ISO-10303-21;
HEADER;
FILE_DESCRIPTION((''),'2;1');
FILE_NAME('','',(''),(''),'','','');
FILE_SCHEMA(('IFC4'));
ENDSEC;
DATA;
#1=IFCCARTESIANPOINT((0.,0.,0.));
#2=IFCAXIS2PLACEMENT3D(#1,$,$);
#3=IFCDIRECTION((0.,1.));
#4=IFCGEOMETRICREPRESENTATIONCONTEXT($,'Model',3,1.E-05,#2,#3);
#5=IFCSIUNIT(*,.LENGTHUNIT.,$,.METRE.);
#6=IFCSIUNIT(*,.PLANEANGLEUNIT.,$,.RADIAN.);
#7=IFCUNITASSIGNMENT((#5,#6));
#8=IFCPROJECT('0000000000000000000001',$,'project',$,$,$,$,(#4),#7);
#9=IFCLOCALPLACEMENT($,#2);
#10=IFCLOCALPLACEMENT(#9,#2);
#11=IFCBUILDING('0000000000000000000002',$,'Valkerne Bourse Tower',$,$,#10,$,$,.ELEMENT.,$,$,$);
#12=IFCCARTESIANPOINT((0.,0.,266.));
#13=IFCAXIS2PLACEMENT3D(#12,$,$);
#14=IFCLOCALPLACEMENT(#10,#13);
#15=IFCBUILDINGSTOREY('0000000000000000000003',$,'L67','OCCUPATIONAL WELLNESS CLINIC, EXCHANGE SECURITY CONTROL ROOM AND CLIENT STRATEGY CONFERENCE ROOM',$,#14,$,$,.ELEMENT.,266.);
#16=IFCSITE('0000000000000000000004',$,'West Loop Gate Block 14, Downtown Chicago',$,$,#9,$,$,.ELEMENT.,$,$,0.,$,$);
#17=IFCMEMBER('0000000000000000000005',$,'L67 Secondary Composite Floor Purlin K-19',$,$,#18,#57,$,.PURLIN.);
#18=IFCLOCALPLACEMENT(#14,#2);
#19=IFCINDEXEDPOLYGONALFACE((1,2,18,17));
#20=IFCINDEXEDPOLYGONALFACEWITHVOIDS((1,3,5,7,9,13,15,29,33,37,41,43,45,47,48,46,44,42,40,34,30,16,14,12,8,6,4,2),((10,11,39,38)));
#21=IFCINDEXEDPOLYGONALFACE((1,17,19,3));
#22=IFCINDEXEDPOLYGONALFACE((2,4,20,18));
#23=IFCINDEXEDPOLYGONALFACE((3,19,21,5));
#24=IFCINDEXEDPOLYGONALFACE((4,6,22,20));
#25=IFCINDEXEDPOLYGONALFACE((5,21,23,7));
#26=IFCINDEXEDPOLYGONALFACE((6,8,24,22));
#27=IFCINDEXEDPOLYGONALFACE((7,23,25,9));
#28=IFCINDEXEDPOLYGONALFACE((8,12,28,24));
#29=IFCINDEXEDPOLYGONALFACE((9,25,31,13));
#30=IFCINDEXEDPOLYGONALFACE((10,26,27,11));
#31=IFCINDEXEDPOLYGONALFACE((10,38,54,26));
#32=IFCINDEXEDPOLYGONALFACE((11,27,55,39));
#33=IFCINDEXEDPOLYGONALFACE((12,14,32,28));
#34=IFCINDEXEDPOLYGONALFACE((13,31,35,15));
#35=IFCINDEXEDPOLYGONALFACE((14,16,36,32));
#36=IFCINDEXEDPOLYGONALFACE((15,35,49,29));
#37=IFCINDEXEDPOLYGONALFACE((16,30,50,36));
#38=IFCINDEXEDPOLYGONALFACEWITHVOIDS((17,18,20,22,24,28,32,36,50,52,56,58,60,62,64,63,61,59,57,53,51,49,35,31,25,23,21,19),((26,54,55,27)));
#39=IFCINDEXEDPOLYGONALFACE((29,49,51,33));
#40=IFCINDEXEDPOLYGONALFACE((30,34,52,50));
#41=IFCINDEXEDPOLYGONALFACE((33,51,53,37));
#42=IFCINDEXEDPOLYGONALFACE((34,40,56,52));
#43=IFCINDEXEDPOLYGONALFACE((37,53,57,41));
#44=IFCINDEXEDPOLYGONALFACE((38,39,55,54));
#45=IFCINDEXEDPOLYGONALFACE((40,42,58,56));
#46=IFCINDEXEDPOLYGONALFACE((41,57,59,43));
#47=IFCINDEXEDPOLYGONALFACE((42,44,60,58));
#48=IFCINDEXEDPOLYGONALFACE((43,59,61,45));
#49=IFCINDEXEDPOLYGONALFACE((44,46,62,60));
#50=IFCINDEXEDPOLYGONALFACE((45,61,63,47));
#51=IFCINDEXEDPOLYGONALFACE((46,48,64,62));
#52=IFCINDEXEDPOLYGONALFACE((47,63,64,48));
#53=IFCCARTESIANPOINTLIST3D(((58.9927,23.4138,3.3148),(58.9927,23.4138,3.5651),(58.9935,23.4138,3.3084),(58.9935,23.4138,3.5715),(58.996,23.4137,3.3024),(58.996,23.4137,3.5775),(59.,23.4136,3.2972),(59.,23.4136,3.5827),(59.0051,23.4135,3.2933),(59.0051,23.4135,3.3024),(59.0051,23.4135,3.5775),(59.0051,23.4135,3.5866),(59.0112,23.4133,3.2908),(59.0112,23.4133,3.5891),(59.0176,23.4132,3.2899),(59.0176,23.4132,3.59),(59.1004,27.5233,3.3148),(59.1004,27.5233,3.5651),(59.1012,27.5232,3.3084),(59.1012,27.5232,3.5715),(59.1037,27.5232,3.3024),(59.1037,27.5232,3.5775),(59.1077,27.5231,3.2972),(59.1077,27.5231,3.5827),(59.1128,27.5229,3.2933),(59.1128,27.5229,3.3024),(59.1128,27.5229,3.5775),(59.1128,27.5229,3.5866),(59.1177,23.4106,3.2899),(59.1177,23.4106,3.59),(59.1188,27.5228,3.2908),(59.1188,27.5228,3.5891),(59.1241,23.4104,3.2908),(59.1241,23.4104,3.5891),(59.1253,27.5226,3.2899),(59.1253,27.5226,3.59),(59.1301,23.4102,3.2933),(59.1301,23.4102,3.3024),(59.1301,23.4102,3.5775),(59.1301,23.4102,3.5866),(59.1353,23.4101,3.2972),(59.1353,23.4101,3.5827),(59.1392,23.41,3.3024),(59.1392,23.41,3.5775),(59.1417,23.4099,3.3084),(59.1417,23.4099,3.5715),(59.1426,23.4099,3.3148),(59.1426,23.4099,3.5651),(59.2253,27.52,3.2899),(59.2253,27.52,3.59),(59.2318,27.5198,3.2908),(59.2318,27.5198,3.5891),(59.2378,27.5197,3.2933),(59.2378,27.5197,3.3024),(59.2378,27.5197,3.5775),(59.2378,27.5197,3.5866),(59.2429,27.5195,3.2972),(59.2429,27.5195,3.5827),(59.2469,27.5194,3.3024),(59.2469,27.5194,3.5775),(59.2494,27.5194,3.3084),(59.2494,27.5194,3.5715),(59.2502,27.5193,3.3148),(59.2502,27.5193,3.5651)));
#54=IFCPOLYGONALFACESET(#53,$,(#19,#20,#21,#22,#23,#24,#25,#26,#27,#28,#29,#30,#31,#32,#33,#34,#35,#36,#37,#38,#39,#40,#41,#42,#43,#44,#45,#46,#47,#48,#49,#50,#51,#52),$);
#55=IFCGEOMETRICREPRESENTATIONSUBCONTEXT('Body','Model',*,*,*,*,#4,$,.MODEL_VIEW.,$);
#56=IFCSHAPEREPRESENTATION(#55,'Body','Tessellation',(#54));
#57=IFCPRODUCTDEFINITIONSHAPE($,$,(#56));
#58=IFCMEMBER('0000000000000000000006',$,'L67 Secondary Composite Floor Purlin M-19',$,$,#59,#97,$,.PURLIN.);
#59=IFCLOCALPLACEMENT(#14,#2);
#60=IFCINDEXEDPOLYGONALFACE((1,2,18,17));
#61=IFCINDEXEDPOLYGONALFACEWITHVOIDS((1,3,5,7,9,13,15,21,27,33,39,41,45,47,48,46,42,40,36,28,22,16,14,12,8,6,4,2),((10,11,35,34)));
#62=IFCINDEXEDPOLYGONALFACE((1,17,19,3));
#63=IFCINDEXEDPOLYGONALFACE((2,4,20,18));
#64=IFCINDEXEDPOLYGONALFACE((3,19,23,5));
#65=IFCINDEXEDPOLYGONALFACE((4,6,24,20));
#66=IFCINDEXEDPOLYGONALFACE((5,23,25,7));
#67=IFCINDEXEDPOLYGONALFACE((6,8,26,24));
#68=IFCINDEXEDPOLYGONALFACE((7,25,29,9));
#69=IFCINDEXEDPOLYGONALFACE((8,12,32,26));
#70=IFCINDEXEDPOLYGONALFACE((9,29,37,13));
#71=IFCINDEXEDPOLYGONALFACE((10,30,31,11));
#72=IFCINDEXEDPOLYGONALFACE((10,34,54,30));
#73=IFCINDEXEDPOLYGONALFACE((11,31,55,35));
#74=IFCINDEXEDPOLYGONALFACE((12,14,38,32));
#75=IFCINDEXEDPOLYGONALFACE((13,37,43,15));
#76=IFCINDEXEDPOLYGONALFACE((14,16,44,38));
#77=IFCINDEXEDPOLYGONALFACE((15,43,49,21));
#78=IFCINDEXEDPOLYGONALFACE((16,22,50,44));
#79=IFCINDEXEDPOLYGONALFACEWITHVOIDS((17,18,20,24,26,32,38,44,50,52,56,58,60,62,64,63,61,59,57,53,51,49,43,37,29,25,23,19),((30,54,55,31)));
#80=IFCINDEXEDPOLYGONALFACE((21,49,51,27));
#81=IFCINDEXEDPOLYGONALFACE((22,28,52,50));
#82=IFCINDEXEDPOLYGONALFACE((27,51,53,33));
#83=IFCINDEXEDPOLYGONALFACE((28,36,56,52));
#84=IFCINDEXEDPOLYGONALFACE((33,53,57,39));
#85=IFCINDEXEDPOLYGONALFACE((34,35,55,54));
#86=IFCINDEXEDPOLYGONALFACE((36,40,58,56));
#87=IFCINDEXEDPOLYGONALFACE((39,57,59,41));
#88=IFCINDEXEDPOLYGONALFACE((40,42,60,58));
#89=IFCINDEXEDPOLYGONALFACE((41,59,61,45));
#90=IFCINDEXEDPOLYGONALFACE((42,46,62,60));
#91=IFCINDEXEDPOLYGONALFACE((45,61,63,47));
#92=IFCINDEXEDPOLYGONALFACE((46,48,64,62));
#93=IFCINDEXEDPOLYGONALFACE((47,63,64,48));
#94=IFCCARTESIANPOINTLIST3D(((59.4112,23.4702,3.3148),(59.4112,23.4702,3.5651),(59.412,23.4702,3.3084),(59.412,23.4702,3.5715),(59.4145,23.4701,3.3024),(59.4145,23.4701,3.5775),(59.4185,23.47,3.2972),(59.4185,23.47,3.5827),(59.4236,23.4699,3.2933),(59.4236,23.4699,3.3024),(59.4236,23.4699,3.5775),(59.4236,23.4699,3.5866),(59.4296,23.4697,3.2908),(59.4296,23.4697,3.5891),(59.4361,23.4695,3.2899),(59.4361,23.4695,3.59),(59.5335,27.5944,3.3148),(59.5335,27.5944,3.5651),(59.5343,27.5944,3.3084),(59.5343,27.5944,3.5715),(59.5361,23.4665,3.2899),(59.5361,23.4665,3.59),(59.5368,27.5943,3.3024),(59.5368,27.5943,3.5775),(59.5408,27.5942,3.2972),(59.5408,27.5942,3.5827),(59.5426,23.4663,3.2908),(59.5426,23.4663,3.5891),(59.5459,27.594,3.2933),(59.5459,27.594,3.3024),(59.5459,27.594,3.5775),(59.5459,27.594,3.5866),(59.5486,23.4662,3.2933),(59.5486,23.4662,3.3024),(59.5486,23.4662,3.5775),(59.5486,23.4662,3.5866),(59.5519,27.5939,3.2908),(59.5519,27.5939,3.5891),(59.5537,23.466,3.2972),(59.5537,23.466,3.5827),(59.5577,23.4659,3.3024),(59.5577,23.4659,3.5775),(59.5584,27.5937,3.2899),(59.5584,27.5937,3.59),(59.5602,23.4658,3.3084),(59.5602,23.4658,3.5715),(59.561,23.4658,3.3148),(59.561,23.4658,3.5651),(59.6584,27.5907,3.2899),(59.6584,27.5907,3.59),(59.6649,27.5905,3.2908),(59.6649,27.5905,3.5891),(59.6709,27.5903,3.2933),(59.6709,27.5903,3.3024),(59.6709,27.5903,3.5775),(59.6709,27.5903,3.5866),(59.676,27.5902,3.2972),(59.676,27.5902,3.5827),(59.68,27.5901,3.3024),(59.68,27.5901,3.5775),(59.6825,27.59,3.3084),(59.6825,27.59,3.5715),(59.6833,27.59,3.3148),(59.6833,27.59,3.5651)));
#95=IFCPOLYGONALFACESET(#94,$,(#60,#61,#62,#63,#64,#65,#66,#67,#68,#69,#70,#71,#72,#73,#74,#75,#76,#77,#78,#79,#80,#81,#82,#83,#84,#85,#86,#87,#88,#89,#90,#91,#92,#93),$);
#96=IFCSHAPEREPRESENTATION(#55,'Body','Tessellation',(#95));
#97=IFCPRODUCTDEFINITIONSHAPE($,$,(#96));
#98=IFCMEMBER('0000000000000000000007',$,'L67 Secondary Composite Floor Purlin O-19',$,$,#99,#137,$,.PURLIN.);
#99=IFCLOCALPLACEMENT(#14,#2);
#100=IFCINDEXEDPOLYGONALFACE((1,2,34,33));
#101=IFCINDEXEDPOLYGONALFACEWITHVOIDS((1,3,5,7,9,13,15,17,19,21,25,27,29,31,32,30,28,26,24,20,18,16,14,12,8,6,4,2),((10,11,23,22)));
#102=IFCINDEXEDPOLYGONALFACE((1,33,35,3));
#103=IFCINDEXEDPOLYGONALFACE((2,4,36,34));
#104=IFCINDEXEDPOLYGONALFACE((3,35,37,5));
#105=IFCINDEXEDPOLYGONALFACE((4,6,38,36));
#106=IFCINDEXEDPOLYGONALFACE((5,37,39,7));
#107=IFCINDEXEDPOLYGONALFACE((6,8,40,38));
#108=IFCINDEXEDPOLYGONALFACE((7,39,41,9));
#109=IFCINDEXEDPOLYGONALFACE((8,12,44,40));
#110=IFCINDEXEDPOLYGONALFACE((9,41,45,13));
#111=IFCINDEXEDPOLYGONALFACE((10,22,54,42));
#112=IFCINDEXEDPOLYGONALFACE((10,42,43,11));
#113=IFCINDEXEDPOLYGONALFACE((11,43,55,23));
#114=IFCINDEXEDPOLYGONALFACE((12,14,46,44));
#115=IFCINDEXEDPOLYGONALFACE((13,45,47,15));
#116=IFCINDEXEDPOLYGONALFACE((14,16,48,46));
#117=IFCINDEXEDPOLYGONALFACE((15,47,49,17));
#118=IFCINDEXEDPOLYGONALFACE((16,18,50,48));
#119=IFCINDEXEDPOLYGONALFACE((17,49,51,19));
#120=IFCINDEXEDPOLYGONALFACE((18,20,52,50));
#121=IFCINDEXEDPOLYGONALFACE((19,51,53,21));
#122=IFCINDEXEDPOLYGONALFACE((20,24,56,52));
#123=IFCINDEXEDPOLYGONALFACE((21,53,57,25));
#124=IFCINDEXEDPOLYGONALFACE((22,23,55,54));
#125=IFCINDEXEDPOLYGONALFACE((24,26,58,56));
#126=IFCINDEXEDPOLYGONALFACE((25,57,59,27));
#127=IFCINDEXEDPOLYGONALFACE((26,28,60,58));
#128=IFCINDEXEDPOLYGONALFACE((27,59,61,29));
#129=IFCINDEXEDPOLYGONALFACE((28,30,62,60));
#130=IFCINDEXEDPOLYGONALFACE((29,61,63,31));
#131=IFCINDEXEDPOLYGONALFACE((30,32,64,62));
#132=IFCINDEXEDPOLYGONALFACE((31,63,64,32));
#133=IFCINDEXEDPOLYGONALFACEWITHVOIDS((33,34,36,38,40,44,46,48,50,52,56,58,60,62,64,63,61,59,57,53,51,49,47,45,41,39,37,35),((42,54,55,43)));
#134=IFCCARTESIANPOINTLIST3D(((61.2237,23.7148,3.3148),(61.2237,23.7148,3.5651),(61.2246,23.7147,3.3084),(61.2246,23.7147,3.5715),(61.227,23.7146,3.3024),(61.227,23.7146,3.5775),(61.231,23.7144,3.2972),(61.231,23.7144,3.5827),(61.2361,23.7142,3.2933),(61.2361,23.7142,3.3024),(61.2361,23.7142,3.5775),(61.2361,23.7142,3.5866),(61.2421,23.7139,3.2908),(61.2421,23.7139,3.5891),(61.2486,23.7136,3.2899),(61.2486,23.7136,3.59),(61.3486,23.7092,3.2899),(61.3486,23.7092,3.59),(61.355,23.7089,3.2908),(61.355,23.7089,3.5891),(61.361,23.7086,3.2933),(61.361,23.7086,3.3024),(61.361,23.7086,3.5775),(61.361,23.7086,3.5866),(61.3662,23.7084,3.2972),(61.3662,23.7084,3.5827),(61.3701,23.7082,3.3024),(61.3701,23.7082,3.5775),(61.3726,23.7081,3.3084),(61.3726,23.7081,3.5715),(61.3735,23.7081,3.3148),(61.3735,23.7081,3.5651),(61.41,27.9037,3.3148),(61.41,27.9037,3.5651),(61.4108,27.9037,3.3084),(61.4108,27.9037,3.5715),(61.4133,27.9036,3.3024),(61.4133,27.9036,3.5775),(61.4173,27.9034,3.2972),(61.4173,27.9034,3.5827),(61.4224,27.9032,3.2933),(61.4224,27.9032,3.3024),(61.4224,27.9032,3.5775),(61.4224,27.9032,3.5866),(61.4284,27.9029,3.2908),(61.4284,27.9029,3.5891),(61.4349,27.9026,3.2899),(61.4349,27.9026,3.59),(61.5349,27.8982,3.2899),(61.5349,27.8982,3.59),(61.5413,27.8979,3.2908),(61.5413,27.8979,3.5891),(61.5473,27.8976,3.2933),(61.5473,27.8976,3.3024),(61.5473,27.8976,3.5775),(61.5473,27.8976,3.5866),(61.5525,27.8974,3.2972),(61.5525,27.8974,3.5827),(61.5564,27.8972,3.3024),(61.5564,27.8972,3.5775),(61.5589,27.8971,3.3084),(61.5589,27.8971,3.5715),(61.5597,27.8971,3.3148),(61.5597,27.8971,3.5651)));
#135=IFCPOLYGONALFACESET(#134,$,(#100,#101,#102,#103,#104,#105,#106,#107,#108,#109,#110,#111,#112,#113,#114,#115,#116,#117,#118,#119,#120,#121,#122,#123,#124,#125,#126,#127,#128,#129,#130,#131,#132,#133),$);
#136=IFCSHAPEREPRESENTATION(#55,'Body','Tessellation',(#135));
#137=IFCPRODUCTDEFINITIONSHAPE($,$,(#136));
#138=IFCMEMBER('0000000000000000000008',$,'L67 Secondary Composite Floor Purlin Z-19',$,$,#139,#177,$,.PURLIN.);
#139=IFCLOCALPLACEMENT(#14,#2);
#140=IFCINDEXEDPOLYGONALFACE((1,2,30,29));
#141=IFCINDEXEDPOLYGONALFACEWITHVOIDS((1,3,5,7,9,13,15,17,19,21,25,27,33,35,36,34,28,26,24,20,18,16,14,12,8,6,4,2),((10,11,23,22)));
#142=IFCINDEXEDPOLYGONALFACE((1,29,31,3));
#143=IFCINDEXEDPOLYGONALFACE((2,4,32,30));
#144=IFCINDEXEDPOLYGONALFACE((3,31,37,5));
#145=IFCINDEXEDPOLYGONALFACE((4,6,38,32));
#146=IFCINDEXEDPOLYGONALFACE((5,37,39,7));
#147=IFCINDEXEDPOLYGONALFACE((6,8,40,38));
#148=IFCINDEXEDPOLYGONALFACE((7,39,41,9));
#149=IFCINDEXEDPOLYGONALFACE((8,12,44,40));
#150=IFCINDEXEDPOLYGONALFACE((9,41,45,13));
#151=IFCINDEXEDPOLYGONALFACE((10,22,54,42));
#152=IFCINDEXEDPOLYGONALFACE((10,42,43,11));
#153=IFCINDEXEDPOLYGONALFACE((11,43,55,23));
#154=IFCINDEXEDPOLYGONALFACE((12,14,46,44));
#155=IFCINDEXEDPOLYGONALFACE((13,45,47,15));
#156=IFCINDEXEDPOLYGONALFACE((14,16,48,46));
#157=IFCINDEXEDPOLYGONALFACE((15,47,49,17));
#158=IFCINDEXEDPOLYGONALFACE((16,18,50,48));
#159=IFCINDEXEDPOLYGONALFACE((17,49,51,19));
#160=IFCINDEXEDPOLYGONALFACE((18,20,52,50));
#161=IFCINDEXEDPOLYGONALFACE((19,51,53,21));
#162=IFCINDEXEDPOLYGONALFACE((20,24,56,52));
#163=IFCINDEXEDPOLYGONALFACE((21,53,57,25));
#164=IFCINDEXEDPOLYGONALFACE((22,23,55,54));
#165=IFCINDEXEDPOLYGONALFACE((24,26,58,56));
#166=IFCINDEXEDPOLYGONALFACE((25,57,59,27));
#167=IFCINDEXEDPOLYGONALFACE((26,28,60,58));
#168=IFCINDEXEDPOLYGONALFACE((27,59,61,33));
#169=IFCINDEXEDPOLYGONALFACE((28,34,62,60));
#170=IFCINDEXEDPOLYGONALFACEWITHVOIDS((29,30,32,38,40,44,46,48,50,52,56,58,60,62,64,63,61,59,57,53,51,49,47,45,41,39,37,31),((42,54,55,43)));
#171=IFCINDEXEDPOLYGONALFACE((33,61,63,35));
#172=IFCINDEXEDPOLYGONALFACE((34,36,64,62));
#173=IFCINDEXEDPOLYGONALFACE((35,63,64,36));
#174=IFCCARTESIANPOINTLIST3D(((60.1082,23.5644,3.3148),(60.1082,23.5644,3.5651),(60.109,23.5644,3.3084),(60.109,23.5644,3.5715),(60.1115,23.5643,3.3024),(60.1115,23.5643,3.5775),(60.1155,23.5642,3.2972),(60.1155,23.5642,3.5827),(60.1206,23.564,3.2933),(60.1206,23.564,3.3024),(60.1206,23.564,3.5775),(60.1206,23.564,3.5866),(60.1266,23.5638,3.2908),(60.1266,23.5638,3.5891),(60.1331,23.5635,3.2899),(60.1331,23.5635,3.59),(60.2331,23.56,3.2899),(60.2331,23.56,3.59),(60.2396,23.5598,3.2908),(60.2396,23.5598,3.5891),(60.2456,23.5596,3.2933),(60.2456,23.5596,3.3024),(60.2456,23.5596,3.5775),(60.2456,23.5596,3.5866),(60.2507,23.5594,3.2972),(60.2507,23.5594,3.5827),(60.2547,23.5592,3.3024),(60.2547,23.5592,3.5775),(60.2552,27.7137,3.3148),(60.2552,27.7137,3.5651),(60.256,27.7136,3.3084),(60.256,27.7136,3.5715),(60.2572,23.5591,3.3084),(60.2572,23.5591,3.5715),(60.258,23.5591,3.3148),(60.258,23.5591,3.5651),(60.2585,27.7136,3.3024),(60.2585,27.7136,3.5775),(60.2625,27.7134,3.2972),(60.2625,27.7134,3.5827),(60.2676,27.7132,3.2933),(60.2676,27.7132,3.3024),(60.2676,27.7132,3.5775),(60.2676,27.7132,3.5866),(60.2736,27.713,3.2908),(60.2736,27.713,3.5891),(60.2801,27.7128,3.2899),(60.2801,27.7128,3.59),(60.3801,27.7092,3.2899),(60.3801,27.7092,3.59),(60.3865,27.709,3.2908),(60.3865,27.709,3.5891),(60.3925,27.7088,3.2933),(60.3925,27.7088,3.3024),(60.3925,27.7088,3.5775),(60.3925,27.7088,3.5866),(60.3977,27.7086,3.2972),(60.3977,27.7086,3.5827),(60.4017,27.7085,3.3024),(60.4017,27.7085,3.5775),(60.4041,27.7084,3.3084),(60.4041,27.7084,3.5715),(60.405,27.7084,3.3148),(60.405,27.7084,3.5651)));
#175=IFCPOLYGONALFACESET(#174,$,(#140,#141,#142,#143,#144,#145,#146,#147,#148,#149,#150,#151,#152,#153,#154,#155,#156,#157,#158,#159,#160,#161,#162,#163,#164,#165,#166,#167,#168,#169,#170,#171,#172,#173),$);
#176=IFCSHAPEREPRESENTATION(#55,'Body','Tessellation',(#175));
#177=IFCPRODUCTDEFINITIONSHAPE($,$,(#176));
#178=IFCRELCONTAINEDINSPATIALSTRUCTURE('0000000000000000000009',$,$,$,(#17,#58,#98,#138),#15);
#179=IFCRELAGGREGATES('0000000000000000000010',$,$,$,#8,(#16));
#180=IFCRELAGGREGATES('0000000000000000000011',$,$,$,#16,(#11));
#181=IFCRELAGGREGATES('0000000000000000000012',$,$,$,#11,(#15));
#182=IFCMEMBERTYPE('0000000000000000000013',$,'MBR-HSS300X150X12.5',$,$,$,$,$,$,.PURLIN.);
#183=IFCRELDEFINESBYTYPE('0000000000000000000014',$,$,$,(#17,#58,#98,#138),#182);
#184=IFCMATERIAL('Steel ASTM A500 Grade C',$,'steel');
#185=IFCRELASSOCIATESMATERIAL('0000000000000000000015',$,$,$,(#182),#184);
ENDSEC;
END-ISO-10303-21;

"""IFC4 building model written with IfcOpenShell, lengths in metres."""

from ifc_helpers import new_model, si_unit, direction, frame, origin, origin_2d, place, context, subcontext, project, spatial, hollow_rectangle, extrude, material, material_profile, profile_set, type_object, element, save


model = new_model("IFC4")

# Units and contexts
model_context = context("Model", 3, precision=1e-05, world=origin(), true_north=direction((0.0, 1.0)))
body_context = subcontext(model_context, "Body", "Model", "MODEL_VIEW")
ifc_project = project(units=[si_unit("LENGTHUNIT", "METRE"), si_unit("PLANEANGLEUNIT", "RADIAN")], contexts=[model_context])

# Site, building, storey
site_placement = place(None, origin())
site = spatial("IfcSite", under=ifc_project, at=site_placement, Name="West Loop Gate Block 14, Downtown Chicago", CompositionType="ELEMENT", RefElevation=0.0)
building_placement = place(site_placement, origin())
building = spatial("IfcBuilding", under=site, at=building_placement, Name="Valkerne Bourse Tower", CompositionType="ELEMENT")
storey_placement = place(building_placement, frame((0.0, 0.0, 266.0)))
storey = spatial("IfcBuildingStorey", under=building, at=storey_placement, Name="L67", Description="OCCUPATIONAL WELLNESS CLINIC, EXCHANGE SECURITY CONTROL ROOM AND CLIENT STRATEGY CONFERENCE ROOM", CompositionType="ELEMENT", Elevation=266.0)

# Shared definitions
ifc_material_1 = material(Name="Steel ASTM A500 Grade C", Category="steel")

# Members
ifc_material_profile_1 = material_profile(ifc_material_1, hollow_rectangle(XDim=0.1499, YDim=0.3, WallThickness=0.0125, OuterFilletRadius=0.0249, at=origin_2d()), Name="HSS300X150X12.5")
ifc_profile_set_1 = profile_set([ifc_material_profile_1], Name="Steel ASTM A500 Grade C")
member_type_1 = type_object("IfcMemberType", Name="MBR-HSS300X150X12.5", PredefinedType="PURLIN", material=ifc_profile_set_1)
member_1_placement = place(storey_placement, frame((59.0676, 23.4119, 3.4399), z_axis=(0.026191, 0.999657, 0.0), x_axis=(-0.999657, 0.026191, 0.0)))
element("IfcMember", 1, at=member_1_placement, inside=storey, type_object=member_type_1, Name="L67 Secondary Composite Floor Purlin K-19", PredefinedType="PURLIN", context=body_context, shape_type="SweptSolid", body=[
    extrude(hollow_rectangle(XDim=0.1499, YDim=0.3, WallThickness=0.0125, OuterFilletRadius=0.0249, at=origin_2d()), origin(), (0.0, 0.0, 1.0), 4.1108),
])
member_2_placement = place(storey_placement, frame((59.4861, 23.468, 3.4399), z_axis=(0.029644, 0.999561, 0.0), x_axis=(-0.999561, 0.029644, 0.0)))
element("IfcMember", 2, at=member_2_placement, inside=storey, type_object=member_type_1, Name="L67 Secondary Composite Floor Purlin M-19", PredefinedType="PURLIN", context=body_context, shape_type="SweptSolid", body=[
    extrude(hollow_rectangle(XDim=0.1499, YDim=0.3, WallThickness=0.0125, OuterFilletRadius=0.0249, at=origin_2d()), origin(), (0.0, 0.0, 1.0), 4.126),
])
member_3_placement = place(storey_placement, frame((61.2986, 23.7114, 3.4399), z_axis=(0.044425, 0.999013, 0.0), x_axis=(-0.999013, 0.044425, 0.0)))
element("IfcMember", 3, at=member_3_placement, inside=storey, type_object=member_type_1, Name="L67 Secondary Composite Floor Purlin O-19", PredefinedType="PURLIN", context=body_context, shape_type="SweptSolid", body=[
    extrude(hollow_rectangle(XDim=0.1499, YDim=0.3, WallThickness=0.0125, OuterFilletRadius=0.0249, at=origin_2d()), origin(), (0.0, 0.0, 1.0), 4.1931),
])
member_4_placement = place(storey_placement, frame((60.1831, 23.5618, 3.4399), z_axis=(0.0354, 0.999373, 0.0), x_axis=(-0.999373, 0.0354, 0.0)))
element("IfcMember", 4, at=member_4_placement, inside=storey, type_object=member_type_1, Name="L67 Secondary Composite Floor Purlin Z-19", PredefinedType="PURLIN", context=body_context, shape_type="SweptSolid", body=[
    extrude(hollow_rectangle(XDim=0.1499, YDim=0.3, WallThickness=0.0125, OuterFilletRadius=0.0249, at=origin_2d()), origin(), (0.0, 0.0, 1.0), 4.1519),
])

save(model, "model.ifc")
